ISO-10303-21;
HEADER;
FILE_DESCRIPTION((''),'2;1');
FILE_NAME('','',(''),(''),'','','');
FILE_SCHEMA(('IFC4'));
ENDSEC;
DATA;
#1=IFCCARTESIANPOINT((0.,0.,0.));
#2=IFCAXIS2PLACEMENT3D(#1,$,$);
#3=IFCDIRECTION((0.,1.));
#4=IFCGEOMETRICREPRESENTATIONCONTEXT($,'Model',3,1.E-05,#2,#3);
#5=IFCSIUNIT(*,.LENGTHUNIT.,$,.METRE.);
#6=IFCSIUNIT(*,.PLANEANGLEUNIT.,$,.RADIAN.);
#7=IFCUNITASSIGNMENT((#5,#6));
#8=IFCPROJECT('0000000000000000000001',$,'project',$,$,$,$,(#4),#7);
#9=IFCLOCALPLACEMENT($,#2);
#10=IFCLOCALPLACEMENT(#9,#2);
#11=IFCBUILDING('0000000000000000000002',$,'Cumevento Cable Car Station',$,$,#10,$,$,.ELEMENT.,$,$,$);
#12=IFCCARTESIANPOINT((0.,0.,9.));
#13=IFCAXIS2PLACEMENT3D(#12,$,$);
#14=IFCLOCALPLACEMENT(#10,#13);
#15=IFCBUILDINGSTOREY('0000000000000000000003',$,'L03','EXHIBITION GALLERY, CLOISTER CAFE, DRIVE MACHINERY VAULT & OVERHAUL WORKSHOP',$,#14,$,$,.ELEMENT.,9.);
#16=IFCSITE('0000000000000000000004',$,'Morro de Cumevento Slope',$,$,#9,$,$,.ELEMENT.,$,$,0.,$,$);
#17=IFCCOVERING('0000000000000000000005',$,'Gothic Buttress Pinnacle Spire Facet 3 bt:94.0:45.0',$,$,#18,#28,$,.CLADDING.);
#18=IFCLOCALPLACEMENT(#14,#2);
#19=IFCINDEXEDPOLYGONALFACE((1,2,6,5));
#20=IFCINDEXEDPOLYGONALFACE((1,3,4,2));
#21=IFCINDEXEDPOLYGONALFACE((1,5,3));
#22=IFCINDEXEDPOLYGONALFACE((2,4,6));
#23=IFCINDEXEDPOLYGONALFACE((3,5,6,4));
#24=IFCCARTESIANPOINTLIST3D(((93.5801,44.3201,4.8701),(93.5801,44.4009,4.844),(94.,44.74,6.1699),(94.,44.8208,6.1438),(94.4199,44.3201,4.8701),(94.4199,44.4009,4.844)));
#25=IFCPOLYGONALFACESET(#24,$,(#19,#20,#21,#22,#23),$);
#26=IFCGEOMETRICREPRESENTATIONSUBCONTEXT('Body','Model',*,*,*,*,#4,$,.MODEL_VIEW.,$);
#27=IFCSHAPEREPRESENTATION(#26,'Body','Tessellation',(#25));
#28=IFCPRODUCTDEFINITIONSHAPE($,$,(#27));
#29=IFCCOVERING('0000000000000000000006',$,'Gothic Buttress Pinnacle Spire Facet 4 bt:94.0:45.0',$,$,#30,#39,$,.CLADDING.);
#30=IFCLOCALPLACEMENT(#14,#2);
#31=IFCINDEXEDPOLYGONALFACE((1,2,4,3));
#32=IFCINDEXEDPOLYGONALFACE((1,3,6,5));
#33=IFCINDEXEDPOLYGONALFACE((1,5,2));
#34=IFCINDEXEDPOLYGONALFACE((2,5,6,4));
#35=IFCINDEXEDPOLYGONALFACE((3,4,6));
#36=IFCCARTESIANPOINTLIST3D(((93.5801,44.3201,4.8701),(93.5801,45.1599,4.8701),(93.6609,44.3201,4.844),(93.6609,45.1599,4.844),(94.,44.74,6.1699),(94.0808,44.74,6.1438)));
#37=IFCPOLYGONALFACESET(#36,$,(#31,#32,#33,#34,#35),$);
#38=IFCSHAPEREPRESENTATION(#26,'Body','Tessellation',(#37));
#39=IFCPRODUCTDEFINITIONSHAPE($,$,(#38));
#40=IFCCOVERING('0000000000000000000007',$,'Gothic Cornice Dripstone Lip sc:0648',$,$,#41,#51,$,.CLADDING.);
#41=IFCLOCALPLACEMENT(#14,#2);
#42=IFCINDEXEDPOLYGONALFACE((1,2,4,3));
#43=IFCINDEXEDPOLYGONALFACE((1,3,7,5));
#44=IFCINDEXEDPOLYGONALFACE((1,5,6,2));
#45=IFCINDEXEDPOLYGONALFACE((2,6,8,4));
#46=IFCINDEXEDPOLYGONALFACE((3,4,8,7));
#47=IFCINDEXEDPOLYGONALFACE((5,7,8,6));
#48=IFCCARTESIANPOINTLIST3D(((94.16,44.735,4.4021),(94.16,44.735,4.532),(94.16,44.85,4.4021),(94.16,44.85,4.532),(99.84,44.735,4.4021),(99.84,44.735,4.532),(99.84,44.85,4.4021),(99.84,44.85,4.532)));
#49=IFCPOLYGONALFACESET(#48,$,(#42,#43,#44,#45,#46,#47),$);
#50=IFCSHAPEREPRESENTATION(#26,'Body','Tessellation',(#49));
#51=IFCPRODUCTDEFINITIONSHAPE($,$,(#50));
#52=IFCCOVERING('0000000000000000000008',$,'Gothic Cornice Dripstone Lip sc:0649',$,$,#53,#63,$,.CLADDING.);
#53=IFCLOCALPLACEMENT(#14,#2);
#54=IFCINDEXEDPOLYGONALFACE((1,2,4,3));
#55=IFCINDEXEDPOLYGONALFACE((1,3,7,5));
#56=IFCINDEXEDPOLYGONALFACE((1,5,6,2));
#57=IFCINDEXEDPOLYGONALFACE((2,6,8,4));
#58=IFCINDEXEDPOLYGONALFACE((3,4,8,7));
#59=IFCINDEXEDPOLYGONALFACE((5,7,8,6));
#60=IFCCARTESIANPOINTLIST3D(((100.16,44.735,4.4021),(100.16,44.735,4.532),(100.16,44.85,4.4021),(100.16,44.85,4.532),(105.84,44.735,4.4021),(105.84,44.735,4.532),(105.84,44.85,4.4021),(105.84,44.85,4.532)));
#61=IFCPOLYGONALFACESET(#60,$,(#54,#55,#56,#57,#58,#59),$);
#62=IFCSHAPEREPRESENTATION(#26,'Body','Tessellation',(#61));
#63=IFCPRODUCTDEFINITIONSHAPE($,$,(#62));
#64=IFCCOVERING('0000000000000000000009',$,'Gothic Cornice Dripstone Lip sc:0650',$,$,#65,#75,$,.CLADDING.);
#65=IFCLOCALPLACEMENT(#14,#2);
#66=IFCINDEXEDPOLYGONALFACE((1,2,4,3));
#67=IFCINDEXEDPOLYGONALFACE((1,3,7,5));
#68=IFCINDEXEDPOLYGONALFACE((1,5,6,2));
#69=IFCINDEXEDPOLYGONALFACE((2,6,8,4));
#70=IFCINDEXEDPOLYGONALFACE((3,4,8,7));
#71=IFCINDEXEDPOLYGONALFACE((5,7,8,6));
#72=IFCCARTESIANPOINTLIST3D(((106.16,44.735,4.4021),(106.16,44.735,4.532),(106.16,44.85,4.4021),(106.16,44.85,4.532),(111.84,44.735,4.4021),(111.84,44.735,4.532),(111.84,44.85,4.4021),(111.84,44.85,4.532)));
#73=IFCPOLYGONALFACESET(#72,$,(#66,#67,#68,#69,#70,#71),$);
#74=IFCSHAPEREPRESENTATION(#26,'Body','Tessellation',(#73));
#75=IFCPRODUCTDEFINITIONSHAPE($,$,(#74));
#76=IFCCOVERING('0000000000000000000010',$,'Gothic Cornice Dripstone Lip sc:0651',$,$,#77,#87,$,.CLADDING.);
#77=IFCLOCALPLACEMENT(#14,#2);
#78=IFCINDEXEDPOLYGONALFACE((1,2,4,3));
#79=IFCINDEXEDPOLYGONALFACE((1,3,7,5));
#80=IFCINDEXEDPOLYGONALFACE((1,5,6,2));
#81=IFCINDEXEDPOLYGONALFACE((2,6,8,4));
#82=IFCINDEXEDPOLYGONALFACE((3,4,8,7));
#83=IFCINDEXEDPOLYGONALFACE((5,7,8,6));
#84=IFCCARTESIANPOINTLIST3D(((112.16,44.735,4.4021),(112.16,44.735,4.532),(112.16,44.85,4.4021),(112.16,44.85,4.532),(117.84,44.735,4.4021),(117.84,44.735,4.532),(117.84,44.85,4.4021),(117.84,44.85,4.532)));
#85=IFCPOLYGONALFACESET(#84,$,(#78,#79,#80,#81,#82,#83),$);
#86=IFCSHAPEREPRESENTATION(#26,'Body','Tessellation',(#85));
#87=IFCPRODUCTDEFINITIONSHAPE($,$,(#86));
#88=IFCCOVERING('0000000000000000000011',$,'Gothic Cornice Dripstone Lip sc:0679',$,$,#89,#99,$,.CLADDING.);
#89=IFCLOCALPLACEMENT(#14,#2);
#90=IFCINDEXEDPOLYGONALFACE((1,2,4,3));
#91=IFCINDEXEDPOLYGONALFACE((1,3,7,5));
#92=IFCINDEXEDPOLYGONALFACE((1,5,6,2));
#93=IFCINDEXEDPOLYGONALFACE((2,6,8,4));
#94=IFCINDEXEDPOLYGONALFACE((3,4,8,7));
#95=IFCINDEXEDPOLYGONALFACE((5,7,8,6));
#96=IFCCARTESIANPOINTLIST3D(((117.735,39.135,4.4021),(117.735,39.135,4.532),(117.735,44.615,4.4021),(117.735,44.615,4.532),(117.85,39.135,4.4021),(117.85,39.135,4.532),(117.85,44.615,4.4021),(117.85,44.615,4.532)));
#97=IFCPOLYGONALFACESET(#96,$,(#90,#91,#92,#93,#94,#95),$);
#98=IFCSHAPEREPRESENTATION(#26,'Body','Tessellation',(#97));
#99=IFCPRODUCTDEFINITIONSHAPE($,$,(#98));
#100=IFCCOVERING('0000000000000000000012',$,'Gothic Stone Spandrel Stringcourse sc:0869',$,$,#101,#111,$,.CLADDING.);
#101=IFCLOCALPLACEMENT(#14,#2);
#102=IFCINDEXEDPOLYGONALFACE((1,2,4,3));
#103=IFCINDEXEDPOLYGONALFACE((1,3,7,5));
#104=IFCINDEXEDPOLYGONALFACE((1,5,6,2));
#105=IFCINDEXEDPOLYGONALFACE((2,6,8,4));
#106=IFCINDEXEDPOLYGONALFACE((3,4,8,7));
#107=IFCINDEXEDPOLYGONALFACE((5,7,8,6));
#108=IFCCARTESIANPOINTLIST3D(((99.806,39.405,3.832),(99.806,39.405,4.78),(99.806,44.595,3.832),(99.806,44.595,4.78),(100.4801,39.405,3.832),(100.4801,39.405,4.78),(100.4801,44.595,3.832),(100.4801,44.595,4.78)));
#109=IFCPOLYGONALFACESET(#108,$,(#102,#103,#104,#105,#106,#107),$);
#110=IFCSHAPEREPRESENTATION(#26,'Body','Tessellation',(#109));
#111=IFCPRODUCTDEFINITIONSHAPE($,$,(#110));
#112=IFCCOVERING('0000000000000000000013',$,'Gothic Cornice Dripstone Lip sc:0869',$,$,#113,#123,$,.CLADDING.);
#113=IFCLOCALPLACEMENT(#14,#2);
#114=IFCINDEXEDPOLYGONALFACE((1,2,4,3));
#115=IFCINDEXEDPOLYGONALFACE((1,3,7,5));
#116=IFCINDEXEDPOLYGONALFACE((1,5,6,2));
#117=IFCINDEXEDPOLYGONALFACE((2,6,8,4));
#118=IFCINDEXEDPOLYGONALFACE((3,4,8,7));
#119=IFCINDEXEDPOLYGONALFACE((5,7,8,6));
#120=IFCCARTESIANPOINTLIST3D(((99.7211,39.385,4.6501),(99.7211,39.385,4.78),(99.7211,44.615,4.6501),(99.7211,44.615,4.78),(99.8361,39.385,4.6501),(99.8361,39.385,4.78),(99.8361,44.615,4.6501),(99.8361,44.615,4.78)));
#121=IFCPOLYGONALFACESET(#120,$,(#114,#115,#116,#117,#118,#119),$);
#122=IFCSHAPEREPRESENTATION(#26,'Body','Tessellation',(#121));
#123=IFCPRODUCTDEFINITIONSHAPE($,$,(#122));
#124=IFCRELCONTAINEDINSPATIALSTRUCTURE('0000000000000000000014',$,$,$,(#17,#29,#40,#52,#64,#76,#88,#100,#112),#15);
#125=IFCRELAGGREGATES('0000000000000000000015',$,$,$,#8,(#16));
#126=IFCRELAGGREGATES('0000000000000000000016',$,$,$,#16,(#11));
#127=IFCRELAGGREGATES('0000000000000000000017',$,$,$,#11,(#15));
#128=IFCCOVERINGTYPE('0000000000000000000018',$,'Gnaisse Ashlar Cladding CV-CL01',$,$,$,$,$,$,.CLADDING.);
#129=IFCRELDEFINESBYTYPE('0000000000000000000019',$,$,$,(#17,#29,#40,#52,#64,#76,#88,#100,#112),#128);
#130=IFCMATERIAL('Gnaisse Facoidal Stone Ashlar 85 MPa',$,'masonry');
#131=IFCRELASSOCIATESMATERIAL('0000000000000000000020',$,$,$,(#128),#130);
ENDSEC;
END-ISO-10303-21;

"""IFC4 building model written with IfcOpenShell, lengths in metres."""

from ifc_helpers import new_model, si_unit, direction, frame, origin, origin_2d, place, context, subcontext, project, spatial, polyline, rectangle, outline, extrude, material, type_object, element, save


model = new_model("IFC4")

# Units and contexts
model_context = context("Model", 3, precision=1e-05, world=origin(), true_north=direction((0.0, 1.0)))
body_context = subcontext(model_context, "Body", "Model", "MODEL_VIEW")
ifc_project = project(units=[si_unit("LENGTHUNIT", "METRE"), si_unit("PLANEANGLEUNIT", "RADIAN")], contexts=[model_context])

# Site, building, storey
site_placement = place(None, origin())
site = spatial("IfcSite", under=ifc_project, at=site_placement, Name="Morro de Cumevento Slope", CompositionType="ELEMENT", RefElevation=0.0)
building_placement = place(site_placement, origin())
building = spatial("IfcBuilding", under=site, at=building_placement, Name="Cumevento Cable Car Station", CompositionType="ELEMENT")
storey_placement = place(building_placement, frame((0.0, 0.0, 9.0)))
storey = spatial("IfcBuildingStorey", under=building, at=storey_placement, Name="L03", Description="EXHIBITION GALLERY, CLOISTER CAFE, DRIVE MACHINERY VAULT & OVERHAUL WORKSHOP", CompositionType="ELEMENT", Elevation=9.0)

# Coverings
ifc_material_1 = material(Name="Gnaisse Facoidal Stone Ashlar 85 MPa", Category="masonry")
covering_type = type_object("IfcCoveringType", Name="Gnaisse Ashlar Cladding CV-CL01", PredefinedType="CLADDING", material=ifc_material_1)
for number, where, z_axis, x_axis, name in (
    (1, (94.4199, 44.3201, 4.8701), (0.0, -0.951574, 0.307421), (-1.0, 0.0, 0.0), "Gothic Buttress Pinnacle Spire Facet 3 bt:94.0:45.0"),
    (2, (93.5801, 44.3201, 4.8701), (-0.951574, 0.0, 0.307421), (0.0, 1.0, 0.0), "Gothic Buttress Pinnacle Spire Facet 4 bt:94.0:45.0"),
):
    element("IfcCovering", number, at=place(storey_placement, frame(where, z_axis=z_axis, x_axis=x_axis)), inside=storey, type_object=covering_type, Name=name, PredefinedType="CLADDING", context=body_context, shape_type="SweptSolid", body=[
        extrude(outline(polyline([(0.0, 0.0), (0.8398, 0.0), (0.4199, -1.366), (0.0, 0.0)])), origin(), (0.0, 0.0, -1.0), 0.085),
    ])
for number, where, z_axis, x_axis, name in (
    (3, (97.0, 44.7925, 4.4021), (0.0, 0.0, 1.0), (-1.0, 0.0, 0.0), "Gothic Cornice Dripstone Lip sc:0648"),
    (4, (103.0, 44.7925, 4.4021), (0.0, 0.0, 1.0), (-1.0, 0.0, 0.0), "Gothic Cornice Dripstone Lip sc:0649"),
    (5, (109.0, 44.7925, 4.4021), (0.0, 0.0, 1.0), (-1.0, 0.0, 0.0), "Gothic Cornice Dripstone Lip sc:0650"),
    (6, (115.0, 44.7925, 4.4021), (0.0, 0.0, 1.0), (-1.0, 0.0, 0.0), "Gothic Cornice Dripstone Lip sc:0651"),
):
    element("IfcCovering", number, at=place(storey_placement, frame(where, z_axis=z_axis, x_axis=x_axis)), inside=storey, type_object=covering_type, Name=name, PredefinedType="CLADDING", context=body_context, shape_type="SweptSolid", body=[
        extrude(rectangle(XDim=5.6799, YDim=0.115, at=origin_2d()), origin(), (0.0, 0.0, 1.0), 0.1299),
    ])
covering_1_placement = place(storey_placement, frame((117.7925, 41.875, 4.4021), z_axis=(0.0, 0.0, 1.0), x_axis=(0.0, 1.0, 0.0)))
element("IfcCovering", 7, at=covering_1_placement, inside=storey, type_object=covering_type, Name="Gothic Cornice Dripstone Lip sc:0679", PredefinedType="CLADDING", context=body_context, shape_type="SweptSolid", body=[
    extrude(rectangle(XDim=5.48, YDim=0.115, at=origin_2d()), origin(), (0.0, 0.0, 1.0), 0.1299),
])
covering_2_placement = place(storey_placement, frame((100.1431, 42.0, 3.832), z_axis=(0.0, 0.0, 1.0), x_axis=(0.0, 1.0, 0.0)))
element("IfcCovering", 8, at=covering_2_placement, inside=storey, type_object=covering_type, Name="Gothic Stone Spandrel Stringcourse sc:0869", PredefinedType="CLADDING", context=body_context, shape_type="SweptSolid", body=[
    extrude(rectangle(XDim=5.1899, YDim=0.6741, at=origin_2d()), origin(), (0.0, 0.0, 1.0), 0.948),
])
covering_3_placement = place(storey_placement, frame((99.7786, 42.0, 4.6501), z_axis=(0.0, 0.0, 1.0), x_axis=(0.0, 1.0, 0.0)))
element("IfcCovering", 9, at=covering_3_placement, inside=storey, type_object=covering_type, Name="Gothic Cornice Dripstone Lip sc:0869", PredefinedType="CLADDING", context=body_context, shape_type="SweptSolid", body=[
    extrude(rectangle(XDim=5.23, YDim=0.115, at=origin_2d()), origin(), (0.0, 0.0, 1.0), 0.1299),
])

save(model, "model.ifc")
